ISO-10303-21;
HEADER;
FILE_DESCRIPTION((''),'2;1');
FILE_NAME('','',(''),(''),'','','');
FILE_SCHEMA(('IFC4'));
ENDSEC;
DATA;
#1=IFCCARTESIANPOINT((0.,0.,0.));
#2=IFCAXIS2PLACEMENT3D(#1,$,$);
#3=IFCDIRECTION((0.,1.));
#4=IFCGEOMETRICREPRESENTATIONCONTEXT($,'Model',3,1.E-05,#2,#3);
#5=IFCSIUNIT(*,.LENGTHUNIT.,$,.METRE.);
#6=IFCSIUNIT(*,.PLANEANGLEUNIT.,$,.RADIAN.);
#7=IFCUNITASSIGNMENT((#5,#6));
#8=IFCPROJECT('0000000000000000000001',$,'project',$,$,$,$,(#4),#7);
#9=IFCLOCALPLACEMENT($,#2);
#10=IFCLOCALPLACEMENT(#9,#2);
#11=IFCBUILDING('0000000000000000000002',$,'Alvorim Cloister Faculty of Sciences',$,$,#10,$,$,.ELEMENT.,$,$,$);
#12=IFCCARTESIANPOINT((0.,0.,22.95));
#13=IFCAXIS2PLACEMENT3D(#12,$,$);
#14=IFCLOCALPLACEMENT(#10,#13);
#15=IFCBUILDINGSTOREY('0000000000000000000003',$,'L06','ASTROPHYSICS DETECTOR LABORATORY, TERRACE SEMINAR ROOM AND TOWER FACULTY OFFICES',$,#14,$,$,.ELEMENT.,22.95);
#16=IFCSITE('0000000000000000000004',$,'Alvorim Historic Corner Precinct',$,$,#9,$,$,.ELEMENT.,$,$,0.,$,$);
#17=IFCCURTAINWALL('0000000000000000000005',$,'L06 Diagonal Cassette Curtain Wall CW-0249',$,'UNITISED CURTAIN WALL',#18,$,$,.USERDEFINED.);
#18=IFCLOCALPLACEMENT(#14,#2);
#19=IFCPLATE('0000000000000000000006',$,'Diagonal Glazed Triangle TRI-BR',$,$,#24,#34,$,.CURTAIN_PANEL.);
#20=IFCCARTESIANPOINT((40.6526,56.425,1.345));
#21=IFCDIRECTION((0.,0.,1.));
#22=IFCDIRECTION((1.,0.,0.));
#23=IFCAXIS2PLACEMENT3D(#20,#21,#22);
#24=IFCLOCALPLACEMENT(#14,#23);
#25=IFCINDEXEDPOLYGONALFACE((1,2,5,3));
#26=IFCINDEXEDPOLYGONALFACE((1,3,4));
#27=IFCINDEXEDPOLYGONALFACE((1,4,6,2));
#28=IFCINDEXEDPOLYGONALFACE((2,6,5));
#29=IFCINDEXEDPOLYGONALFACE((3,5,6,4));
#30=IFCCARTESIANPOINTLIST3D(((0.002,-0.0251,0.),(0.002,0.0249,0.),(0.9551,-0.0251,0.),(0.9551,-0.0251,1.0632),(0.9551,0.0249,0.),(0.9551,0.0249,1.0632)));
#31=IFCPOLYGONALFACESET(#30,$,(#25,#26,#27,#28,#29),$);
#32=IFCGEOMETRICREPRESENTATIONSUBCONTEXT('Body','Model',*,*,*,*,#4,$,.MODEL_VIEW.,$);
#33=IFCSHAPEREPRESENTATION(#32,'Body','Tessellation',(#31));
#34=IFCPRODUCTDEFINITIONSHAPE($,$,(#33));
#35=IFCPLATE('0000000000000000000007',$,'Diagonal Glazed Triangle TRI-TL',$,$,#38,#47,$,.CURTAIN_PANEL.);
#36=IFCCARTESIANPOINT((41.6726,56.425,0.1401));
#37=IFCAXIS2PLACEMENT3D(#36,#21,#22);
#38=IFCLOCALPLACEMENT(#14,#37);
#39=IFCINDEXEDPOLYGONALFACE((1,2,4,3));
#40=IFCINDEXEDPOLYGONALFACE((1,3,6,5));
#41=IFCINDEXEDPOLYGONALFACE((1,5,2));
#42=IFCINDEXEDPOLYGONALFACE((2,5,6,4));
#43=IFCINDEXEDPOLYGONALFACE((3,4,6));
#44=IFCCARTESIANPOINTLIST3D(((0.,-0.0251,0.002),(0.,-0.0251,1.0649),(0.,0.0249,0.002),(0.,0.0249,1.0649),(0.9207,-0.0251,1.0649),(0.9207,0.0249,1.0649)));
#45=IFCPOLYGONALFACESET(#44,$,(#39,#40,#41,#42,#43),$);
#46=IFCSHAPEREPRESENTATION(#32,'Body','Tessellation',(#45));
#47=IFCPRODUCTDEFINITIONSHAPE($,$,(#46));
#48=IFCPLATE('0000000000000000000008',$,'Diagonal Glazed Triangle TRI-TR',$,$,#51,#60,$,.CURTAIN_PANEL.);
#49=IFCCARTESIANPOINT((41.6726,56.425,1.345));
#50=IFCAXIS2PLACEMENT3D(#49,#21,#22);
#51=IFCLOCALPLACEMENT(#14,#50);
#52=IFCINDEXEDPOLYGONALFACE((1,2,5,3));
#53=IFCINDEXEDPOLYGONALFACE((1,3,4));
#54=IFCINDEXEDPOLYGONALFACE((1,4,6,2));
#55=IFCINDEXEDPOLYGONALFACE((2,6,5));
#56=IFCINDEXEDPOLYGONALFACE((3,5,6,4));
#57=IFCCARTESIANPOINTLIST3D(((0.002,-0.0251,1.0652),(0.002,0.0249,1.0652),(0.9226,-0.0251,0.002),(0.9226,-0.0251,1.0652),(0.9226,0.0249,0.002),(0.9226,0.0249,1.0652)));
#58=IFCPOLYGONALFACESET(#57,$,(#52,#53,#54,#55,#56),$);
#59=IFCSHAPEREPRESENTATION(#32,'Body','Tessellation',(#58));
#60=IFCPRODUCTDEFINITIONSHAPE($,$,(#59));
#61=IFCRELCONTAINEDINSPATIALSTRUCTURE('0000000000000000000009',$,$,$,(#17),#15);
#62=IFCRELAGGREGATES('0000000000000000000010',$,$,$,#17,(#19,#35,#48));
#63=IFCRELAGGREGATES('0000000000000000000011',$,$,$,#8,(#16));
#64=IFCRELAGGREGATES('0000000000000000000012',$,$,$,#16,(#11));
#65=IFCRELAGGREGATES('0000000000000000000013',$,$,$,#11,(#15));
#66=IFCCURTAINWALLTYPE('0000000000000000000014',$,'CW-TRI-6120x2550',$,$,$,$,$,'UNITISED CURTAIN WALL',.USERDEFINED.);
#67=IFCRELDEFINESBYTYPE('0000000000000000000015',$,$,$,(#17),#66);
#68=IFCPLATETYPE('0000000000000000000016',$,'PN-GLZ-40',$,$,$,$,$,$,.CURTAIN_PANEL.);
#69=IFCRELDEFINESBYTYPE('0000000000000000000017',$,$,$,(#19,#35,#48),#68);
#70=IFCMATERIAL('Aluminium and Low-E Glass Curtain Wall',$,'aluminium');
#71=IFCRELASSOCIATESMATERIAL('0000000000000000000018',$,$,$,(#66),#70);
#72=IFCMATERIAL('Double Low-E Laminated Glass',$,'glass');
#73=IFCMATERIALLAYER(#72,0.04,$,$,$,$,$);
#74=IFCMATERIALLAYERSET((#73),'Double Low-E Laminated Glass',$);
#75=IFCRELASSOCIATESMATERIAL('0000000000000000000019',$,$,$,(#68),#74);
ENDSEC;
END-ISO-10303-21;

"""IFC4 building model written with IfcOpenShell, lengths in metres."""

from ifc_helpers import new_model, si_unit, direction, frame, origin, place, context, subcontext, project, spatial, polyline, outline, extrude, material, layer, layer_set, type_object, element, aggregate, save


model = new_model("IFC4")

# Units and contexts
model_context = context("Model", 3, precision=1e-05, world=origin(), true_north=direction((0.0, 1.0)))
body_context = subcontext(model_context, "Body", "Model", "MODEL_VIEW")
ifc_project = project(units=[si_unit("LENGTHUNIT", "METRE"), si_unit("PLANEANGLEUNIT", "RADIAN")], contexts=[model_context])

# Site, building, storey
site_placement = place(None, origin())
site = spatial("IfcSite", under=ifc_project, at=site_placement, Name="Alvorim Historic Corner Precinct", CompositionType="ELEMENT", RefElevation=0.0)
building_placement = place(site_placement, origin())
building = spatial("IfcBuilding", under=site, at=building_placement, Name="Alvorim Cloister Faculty of Sciences", CompositionType="ELEMENT")
storey_placement = place(building_placement, frame((0.0, 0.0, 22.95)))
storey = spatial("IfcBuildingStorey", under=building, at=storey_placement, Name="L06", Description="ASTROPHYSICS DETECTOR LABORATORY, TERRACE SEMINAR ROOM AND TOWER FACULTY OFFICES", CompositionType="ELEMENT", Elevation=22.95)

# Curtain wall, plates
ifc_material_1 = material(Name="Aluminium and Low-E Glass Curtain Wall", Category="aluminium")
curtain_wall_type = type_object("IfcCurtainWallType", Name="CW-TRI-6120x2550", ElementType="UNITISED CURTAIN WALL", PredefinedType="USERDEFINED", material=ifc_material_1)
curtain_wall_placement = place(storey_placement, origin())
curtain_wall = element("IfcCurtainWall", 1, at=curtain_wall_placement, inside=storey, type_object=curtain_wall_type, Name="L06 Diagonal Cassette Curtain Wall CW-0249", ObjectType="UNITISED CURTAIN WALL", PredefinedType="USERDEFINED")
ifc_material_2 = material(Name="Double Low-E Laminated Glass", Category="glass")
ifc_layer_1 = layer(ifc_material_2, 0.04)
ifc_layer_set_1 = layer_set([ifc_layer_1], Name="Double Low-E Laminated Glass")
plate_type = type_object("IfcPlateType", Name="PN-GLZ-40", PredefinedType="CURTAIN_PANEL", material=ifc_layer_set_1)
plate_1_placement = place(storey_placement, frame((40.6526, 56.425, 1.345), z_axis=(0.0, 0.0, 1.0), x_axis=(1.0, 0.0, 0.0)))
plate_1 = element("IfcPlate", 2, at=plate_1_placement, type_object=plate_type, Name="Diagonal Glazed Triangle TRI-BR", PredefinedType="CURTAIN_PANEL", context=body_context, shape_type="SweptSolid", body=[
    extrude(outline(polyline([(0.002, 0.0), (0.9551, 0.0), (0.9551, 1.0632), (0.002, 0.0)])), frame((0.0, 0.0249, 0.0), z_axis=(0.0, -1.0, 0.0), x_axis=(1.0, 0.0, 0.0)), (0.0, 0.0, 1.0), 0.05),
])
plate_2_placement = place(storey_placement, frame((41.6726, 56.425, 0.1401), z_axis=(0.0, 0.0, 1.0), x_axis=(1.0, 0.0, 0.0)))
plate_2 = element("IfcPlate", 3, at=plate_2_placement, type_object=plate_type, Name="Diagonal Glazed Triangle TRI-TL", PredefinedType="CURTAIN_PANEL", context=body_context, shape_type="SweptSolid", body=[
    extrude(outline(polyline([(0.9207, 1.0649), (0.0, 1.0649), (0.0, 0.002), (0.9207, 1.0649)])), frame((0.0, 0.0249, 0.0), z_axis=(0.0, -1.0, 0.0), x_axis=(1.0, 0.0, 0.0)), (0.0, 0.0, 1.0), 0.05),
])
plate_3_placement = place(storey_placement, frame((41.6726, 56.425, 1.345), z_axis=(0.0, 0.0, 1.0), x_axis=(1.0, 0.0, 0.0)))
plate_3 = element("IfcPlate", 4, at=plate_3_placement, type_object=plate_type, Name="Diagonal Glazed Triangle TRI-TR", PredefinedType="CURTAIN_PANEL", context=body_context, shape_type="SweptSolid", body=[
    extrude(outline(polyline([(0.9226, 0.002), (0.9226, 1.0652), (0.002, 1.0652), (0.9226, 0.002)])), frame((0.0, 0.0249, 0.0), z_axis=(0.0, -1.0, 0.0), x_axis=(1.0, 0.0, 0.0)), (0.0, 0.0, 1.0), 0.05),
])
aggregate(curtain_wall, [plate_1, plate_2, plate_3])

save(model, "model.ifc")
